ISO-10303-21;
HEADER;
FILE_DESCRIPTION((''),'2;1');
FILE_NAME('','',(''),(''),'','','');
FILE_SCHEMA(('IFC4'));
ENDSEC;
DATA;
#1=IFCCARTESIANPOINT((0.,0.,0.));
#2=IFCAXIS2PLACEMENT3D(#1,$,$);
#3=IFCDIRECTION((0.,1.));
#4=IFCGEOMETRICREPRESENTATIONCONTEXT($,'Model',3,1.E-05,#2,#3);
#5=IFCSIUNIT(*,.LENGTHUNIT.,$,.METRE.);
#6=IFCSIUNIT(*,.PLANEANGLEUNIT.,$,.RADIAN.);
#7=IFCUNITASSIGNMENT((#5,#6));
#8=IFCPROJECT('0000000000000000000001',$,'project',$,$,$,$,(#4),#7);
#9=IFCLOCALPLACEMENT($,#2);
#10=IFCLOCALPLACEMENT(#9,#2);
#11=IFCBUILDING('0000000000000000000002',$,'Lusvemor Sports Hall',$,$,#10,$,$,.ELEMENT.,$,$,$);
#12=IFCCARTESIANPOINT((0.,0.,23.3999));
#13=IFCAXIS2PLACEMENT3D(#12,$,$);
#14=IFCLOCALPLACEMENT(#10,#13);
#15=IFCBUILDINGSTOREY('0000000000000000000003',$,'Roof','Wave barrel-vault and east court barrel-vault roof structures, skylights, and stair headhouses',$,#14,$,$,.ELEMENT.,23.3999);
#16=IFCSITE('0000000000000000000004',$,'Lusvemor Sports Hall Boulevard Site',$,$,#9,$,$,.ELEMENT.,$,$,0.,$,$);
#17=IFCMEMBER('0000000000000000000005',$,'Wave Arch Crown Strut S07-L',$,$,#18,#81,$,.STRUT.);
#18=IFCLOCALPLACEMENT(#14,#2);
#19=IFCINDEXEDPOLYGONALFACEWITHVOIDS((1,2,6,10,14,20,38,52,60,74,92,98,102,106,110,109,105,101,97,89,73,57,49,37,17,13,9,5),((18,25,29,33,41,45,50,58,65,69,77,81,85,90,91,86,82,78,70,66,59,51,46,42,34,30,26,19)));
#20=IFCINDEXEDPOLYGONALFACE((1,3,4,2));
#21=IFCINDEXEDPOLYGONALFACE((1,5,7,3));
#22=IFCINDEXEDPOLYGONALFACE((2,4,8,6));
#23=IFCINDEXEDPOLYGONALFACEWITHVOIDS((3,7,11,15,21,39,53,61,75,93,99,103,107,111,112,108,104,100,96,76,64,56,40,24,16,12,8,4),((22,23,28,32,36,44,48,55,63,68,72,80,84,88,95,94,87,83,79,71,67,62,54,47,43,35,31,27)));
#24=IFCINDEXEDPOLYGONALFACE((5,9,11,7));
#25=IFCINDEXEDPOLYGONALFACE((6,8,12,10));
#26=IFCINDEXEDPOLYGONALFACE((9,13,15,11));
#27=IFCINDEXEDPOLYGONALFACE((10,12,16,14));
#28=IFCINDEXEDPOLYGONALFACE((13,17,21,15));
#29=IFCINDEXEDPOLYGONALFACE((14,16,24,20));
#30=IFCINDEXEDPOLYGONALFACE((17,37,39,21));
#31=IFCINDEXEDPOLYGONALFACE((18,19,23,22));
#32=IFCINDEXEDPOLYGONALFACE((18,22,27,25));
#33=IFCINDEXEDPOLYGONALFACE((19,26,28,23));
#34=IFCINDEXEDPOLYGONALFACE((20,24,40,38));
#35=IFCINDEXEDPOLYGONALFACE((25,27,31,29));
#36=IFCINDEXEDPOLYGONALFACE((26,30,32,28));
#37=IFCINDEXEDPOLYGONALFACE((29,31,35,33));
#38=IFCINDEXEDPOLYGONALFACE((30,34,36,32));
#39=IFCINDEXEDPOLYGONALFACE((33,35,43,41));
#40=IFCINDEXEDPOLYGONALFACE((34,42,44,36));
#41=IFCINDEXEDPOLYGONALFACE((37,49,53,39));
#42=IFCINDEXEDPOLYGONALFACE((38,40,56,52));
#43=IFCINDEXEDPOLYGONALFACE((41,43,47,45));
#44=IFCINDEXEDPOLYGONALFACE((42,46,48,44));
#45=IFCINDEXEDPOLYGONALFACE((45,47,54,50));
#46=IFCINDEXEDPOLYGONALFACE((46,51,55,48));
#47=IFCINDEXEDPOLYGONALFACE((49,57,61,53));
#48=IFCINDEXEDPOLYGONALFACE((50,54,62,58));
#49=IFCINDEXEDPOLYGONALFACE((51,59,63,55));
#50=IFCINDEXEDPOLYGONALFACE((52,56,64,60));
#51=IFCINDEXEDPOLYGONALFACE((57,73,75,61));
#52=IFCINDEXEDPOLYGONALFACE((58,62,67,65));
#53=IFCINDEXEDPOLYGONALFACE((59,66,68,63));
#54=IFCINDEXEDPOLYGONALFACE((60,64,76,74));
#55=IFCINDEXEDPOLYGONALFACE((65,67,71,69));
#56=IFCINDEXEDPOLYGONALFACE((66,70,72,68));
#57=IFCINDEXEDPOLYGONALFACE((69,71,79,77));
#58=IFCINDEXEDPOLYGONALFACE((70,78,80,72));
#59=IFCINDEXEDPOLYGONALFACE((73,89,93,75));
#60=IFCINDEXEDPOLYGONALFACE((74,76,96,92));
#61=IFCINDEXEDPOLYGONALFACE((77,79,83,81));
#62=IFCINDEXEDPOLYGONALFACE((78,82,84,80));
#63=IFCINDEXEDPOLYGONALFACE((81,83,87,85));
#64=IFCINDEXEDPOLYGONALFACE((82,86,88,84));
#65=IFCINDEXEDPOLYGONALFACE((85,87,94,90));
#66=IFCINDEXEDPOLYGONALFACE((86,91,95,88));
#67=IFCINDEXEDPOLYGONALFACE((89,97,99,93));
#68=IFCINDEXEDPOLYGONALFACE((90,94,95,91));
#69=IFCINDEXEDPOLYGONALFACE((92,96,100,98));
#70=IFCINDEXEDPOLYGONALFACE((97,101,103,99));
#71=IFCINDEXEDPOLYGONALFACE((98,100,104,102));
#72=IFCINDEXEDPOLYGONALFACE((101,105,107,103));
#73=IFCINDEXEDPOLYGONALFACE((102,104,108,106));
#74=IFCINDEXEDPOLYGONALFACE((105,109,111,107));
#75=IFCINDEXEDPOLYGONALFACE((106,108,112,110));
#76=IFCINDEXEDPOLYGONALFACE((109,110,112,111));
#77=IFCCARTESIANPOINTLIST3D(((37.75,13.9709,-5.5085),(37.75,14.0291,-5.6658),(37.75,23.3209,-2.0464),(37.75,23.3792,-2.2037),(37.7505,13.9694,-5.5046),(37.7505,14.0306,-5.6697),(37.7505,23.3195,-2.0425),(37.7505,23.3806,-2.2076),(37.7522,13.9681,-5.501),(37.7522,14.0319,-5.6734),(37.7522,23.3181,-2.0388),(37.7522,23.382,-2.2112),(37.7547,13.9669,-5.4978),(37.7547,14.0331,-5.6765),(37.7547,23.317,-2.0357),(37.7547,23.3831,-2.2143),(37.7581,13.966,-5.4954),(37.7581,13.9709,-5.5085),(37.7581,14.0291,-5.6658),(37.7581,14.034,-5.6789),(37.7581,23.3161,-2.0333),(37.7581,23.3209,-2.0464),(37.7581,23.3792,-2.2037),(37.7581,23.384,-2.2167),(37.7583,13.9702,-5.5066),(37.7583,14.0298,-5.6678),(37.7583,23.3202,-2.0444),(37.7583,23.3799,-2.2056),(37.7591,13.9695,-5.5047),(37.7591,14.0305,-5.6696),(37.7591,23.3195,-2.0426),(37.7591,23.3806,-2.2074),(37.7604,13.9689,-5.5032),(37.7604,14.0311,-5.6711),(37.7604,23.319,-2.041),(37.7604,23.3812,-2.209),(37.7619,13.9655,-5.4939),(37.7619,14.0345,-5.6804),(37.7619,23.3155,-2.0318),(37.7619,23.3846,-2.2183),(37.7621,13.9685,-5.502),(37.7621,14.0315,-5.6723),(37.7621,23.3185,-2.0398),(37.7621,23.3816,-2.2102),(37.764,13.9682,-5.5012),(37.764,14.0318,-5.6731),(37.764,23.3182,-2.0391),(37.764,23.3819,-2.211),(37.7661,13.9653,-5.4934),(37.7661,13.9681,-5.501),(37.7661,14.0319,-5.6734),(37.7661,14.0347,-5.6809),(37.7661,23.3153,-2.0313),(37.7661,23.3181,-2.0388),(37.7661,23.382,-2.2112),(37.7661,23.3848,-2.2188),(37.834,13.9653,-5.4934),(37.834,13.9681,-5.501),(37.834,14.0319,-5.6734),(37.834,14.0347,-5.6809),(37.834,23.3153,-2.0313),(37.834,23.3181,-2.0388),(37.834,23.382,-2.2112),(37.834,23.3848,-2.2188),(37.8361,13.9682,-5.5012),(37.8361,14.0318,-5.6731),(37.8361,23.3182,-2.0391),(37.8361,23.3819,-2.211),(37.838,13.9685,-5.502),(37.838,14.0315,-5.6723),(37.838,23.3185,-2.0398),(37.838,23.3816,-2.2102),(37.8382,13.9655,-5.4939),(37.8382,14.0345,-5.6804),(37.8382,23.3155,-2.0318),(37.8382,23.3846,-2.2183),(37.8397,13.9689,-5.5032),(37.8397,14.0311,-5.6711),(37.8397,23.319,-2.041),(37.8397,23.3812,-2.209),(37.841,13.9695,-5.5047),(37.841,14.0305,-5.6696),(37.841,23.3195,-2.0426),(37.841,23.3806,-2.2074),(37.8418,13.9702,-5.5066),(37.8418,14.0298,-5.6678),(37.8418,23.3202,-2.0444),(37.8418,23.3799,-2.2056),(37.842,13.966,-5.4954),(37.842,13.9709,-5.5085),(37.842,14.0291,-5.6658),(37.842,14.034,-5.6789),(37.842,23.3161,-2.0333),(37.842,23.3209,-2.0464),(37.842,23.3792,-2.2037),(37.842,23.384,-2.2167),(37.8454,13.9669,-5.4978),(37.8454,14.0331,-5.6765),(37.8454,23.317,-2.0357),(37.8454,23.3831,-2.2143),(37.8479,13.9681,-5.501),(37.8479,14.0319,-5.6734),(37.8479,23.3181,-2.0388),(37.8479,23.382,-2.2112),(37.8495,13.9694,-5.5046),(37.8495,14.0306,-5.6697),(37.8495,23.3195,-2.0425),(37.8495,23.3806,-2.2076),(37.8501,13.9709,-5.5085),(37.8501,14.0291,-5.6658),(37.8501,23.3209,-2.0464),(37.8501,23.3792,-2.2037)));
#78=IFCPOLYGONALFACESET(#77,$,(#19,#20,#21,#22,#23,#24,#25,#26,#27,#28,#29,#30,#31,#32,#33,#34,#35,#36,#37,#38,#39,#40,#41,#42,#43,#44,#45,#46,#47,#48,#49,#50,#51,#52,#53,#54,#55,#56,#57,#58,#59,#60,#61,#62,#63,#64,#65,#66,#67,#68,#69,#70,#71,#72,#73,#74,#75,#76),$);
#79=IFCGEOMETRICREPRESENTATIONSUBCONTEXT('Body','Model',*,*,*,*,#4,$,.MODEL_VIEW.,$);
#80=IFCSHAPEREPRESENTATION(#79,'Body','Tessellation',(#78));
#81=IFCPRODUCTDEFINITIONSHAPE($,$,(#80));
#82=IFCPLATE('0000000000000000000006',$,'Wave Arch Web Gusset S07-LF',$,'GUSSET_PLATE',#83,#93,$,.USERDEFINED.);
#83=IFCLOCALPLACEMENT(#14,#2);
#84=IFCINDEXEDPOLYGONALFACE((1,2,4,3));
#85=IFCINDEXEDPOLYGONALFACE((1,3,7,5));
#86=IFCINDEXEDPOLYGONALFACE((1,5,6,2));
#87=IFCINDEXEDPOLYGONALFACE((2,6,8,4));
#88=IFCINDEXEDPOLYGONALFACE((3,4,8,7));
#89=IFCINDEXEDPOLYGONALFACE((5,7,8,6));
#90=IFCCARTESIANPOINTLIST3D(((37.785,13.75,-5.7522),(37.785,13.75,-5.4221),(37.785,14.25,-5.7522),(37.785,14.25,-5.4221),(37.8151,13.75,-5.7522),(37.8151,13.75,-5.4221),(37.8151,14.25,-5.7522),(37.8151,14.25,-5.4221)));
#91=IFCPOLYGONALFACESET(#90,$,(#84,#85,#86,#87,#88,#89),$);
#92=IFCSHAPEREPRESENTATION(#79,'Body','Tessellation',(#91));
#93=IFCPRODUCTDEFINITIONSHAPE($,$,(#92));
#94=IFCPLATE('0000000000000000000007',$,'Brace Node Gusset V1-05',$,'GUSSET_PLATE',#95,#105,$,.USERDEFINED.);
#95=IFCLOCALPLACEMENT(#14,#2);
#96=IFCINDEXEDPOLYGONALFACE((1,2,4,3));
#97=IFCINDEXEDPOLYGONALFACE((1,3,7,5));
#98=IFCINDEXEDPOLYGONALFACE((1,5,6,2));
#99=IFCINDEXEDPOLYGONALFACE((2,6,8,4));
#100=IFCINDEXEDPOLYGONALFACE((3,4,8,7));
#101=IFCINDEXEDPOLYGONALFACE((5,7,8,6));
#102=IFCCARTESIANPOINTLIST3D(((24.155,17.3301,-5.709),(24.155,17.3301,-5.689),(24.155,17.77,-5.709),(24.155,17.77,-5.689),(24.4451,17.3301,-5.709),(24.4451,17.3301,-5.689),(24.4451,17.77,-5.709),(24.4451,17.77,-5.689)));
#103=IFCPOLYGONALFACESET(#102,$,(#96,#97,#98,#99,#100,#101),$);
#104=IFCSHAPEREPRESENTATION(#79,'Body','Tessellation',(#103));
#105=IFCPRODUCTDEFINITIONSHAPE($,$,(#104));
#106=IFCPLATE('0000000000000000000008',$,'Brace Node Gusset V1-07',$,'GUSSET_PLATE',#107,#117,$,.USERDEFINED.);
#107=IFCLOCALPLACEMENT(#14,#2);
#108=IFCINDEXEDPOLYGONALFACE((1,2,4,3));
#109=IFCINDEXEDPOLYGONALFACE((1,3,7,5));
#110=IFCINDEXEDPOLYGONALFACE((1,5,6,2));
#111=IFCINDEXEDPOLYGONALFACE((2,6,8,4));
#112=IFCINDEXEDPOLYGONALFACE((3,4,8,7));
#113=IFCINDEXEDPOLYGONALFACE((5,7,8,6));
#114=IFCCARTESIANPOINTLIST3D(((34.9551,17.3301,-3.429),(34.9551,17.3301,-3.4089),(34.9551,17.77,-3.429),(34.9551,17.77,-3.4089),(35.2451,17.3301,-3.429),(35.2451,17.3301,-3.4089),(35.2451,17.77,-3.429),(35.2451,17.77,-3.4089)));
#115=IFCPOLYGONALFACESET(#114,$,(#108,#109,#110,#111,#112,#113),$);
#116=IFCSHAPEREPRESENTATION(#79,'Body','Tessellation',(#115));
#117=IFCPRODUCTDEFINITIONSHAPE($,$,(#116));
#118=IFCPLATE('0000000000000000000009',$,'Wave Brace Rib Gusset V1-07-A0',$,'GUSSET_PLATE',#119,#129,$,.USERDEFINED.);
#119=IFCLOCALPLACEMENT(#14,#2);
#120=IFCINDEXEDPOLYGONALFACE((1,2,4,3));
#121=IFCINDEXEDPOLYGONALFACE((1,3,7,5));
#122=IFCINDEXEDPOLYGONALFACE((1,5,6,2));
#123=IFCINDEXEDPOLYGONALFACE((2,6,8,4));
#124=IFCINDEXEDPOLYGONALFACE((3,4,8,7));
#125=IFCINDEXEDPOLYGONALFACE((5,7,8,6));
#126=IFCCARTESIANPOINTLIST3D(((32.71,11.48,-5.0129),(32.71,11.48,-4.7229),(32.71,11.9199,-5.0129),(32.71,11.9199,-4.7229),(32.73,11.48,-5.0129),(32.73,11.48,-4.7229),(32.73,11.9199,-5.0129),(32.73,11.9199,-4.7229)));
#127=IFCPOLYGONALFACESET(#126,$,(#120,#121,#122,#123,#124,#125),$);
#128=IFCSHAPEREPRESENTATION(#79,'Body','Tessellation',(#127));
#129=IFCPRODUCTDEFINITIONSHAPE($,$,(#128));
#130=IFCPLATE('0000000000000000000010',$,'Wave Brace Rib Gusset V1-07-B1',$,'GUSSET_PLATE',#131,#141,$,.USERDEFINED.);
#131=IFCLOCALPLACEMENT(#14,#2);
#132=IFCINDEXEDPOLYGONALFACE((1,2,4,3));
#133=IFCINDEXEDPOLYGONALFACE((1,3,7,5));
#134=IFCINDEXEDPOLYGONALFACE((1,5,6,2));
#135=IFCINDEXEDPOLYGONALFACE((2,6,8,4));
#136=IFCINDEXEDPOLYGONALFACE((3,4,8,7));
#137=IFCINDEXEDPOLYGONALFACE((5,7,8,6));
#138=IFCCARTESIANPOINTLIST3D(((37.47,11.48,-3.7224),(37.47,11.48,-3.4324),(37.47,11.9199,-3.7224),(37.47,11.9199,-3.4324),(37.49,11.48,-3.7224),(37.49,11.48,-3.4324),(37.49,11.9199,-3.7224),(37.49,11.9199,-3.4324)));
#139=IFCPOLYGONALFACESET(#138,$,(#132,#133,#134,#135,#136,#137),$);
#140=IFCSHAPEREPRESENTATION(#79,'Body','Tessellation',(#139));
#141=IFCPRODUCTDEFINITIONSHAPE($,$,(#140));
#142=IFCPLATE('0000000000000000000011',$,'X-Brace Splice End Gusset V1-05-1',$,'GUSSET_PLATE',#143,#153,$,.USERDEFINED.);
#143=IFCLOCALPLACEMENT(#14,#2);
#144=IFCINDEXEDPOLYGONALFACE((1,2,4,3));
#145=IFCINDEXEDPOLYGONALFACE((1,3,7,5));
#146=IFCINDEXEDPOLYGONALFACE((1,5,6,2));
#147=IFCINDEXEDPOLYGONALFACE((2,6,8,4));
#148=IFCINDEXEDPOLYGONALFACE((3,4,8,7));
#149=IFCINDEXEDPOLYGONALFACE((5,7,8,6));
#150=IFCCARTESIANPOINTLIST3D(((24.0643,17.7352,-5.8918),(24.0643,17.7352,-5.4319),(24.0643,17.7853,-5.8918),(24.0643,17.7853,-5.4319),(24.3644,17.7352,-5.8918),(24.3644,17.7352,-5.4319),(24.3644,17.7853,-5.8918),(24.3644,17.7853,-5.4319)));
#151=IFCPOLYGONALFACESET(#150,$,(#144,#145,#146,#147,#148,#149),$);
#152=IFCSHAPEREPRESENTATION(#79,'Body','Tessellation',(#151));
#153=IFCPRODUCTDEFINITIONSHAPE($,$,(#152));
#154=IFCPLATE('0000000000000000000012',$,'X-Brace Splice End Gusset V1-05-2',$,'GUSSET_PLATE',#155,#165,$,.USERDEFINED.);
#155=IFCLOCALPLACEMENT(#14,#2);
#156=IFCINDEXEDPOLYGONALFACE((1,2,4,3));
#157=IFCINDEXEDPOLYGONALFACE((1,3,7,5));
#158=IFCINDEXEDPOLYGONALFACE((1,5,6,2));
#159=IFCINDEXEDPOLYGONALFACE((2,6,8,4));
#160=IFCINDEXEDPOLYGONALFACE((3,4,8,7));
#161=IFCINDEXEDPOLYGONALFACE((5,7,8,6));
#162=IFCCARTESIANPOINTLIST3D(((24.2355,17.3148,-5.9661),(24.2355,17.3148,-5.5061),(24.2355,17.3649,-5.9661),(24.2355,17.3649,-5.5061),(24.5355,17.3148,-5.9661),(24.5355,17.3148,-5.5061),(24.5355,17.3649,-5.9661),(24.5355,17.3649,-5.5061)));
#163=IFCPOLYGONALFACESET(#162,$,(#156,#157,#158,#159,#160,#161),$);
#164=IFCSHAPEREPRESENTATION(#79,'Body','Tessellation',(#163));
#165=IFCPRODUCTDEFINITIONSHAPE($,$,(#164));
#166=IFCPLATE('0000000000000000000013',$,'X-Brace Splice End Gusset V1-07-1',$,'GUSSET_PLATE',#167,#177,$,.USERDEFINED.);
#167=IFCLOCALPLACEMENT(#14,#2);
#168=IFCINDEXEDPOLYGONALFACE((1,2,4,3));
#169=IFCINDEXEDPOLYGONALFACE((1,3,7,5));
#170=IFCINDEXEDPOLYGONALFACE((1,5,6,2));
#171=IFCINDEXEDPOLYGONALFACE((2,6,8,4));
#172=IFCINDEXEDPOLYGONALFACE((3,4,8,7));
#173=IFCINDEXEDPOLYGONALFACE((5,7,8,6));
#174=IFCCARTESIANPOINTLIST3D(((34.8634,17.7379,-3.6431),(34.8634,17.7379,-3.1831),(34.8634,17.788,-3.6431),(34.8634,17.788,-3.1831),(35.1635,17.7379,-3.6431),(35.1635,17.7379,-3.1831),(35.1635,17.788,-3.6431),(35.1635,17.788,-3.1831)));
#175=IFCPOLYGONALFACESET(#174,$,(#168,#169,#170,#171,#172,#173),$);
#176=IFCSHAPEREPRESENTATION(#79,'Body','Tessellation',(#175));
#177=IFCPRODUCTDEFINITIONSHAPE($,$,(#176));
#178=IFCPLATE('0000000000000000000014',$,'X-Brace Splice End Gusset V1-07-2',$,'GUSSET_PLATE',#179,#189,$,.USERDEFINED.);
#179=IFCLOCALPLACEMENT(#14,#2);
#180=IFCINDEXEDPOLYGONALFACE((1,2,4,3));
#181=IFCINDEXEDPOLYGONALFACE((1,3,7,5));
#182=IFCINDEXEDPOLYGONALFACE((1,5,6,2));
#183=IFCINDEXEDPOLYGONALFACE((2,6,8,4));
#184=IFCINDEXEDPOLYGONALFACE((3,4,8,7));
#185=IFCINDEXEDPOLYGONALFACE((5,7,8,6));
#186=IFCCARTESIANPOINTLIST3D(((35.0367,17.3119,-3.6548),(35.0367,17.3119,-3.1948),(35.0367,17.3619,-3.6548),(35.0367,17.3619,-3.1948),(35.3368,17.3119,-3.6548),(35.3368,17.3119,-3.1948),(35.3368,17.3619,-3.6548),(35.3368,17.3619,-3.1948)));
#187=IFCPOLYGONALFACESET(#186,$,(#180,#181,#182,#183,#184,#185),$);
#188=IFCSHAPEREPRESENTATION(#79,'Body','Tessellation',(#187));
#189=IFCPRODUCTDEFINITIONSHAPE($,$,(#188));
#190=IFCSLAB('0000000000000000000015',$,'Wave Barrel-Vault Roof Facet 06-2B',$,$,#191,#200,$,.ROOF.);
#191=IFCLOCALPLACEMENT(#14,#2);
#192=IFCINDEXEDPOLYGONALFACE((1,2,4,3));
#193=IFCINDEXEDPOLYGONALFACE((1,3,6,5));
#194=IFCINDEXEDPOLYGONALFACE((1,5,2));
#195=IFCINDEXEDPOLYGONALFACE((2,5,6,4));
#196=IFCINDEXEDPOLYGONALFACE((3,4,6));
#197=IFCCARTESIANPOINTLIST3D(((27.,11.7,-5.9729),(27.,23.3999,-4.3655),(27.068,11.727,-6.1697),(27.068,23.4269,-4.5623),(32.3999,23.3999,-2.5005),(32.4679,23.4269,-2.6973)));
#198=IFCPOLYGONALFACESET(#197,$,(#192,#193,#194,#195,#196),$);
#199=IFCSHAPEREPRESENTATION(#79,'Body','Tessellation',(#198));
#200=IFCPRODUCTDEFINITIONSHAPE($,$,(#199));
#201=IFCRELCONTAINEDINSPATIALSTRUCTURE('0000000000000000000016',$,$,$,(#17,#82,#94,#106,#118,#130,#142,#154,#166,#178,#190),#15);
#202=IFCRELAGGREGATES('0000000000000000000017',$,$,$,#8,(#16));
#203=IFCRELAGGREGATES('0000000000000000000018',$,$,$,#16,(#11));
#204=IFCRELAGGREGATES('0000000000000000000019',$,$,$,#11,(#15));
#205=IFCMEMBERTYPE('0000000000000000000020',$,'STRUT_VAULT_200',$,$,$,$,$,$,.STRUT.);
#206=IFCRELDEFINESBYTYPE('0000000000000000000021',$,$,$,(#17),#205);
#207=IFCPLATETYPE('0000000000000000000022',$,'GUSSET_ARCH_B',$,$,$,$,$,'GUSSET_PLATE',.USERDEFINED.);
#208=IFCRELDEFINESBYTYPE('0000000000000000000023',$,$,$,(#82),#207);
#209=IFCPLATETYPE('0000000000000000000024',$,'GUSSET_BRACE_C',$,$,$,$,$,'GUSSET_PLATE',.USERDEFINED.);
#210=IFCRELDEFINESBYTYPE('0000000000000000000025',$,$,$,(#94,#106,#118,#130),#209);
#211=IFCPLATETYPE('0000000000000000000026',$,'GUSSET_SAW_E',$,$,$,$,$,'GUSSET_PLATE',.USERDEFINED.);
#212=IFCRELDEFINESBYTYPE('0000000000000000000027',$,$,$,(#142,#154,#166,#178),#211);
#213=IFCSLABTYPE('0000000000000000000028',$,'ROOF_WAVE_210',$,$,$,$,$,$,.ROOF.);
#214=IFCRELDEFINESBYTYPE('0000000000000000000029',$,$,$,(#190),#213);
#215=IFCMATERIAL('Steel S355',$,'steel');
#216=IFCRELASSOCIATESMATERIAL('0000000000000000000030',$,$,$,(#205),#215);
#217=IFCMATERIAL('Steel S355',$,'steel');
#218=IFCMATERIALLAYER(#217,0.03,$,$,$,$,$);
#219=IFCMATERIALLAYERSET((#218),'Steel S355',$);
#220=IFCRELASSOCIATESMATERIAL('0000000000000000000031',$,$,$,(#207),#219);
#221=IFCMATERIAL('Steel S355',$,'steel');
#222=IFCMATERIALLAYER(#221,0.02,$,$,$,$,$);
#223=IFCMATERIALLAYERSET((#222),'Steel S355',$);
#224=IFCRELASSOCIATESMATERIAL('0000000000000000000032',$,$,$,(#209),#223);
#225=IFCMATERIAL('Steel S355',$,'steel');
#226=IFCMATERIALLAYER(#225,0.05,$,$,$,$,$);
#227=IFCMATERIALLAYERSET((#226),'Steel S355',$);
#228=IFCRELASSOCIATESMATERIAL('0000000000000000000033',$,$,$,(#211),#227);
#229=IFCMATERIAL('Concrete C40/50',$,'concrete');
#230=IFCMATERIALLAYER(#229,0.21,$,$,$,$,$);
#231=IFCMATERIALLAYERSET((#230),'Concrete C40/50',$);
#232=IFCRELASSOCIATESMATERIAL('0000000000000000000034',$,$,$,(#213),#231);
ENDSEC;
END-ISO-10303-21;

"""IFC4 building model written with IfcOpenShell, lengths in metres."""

from ifc_helpers import new_model, si_unit, direction, frame, origin, origin_2d, place, context, subcontext, project, spatial, polyline, rectangle, hollow_rectangle, outline, extrude, material, layer, layer_set, material_profile, profile_set, type_object, element, save


model = new_model("IFC4")

# Units and contexts
model_context = context("Model", 3, precision=1e-05, world=origin(), true_north=direction((0.0, 1.0)))
body_context = subcontext(model_context, "Body", "Model", "MODEL_VIEW")
ifc_project = project(units=[si_unit("LENGTHUNIT", "METRE"), si_unit("PLANEANGLEUNIT", "RADIAN")], contexts=[model_context])

# Site, building, storey
site_placement = place(None, origin())
site = spatial("IfcSite", under=ifc_project, at=site_placement, Name="Lusvemor Sports Hall Boulevard Site", CompositionType="ELEMENT", RefElevation=0.0)
building_placement = place(site_placement, origin())
building = spatial("IfcBuilding", under=site, at=building_placement, Name="Lusvemor Sports Hall", CompositionType="ELEMENT")
storey_placement = place(building_placement, frame((0.0, 0.0, 23.3999)))
storey = spatial("IfcBuildingStorey", under=building, at=storey_placement, Name="Roof", Description="Wave barrel-vault and east court barrel-vault roof structures, skylights, and stair headhouses", CompositionType="ELEMENT", Elevation=23.3999)

# Member
ifc_material_1 = material(Name="Steel S355", Category="steel")
ifc_material_profile_1 = material_profile(ifc_material_1, hollow_rectangle(XDim=0.1001, YDim=0.2, WallThickness=0.0081, InnerFilletRadius=0.0081, OuterFilletRadius=0.0161, at=origin_2d()), Name="RHS200x100x8")
ifc_profile_set_1 = profile_set([ifc_material_profile_1], Name="Steel S355")
member_type_1 = type_object("IfcMemberType", Name="STRUT_VAULT_200", PredefinedType="STRUT", material=ifc_profile_set_1)
member_1_placement = place(storey_placement, frame((37.8, 14.0, -5.5872), z_axis=(0.0, 0.937776, 0.34724), x_axis=(-1.0, 0.0, 0.0)))
element("IfcMember", 1, at=member_1_placement, inside=storey, type_object=member_type_1, Name="Wave Arch Crown Strut S07-L", PredefinedType="STRUT", context=body_context, shape_type="SweptSolid", body=[
    extrude(hollow_rectangle(XDim=0.1001, YDim=0.2, WallThickness=0.0081, InnerFilletRadius=0.0081, OuterFilletRadius=0.0161, at=origin_2d()), origin(), (0.0, 0.0, 1.0), 9.9705),
])

# Plates
ifc_material_2 = material(Name="Steel S355", Category="steel")
ifc_layer_1 = layer(ifc_material_2, 0.03)
ifc_layer_set_1 = layer_set([ifc_layer_1], Name="Steel S355")
plate_type_1 = type_object("IfcPlateType", Name="GUSSET_ARCH_B", ElementType="GUSSET_PLATE", PredefinedType="USERDEFINED", material=ifc_layer_set_1)
plate_placement = place(storey_placement, frame((37.8, 14.0, -5.7522), z_axis=(0.0, 0.0, 1.0), x_axis=(1.0, 0.0, 0.0)))
element("IfcPlate", 2, at=plate_placement, inside=storey, type_object=plate_type_1, Name="Wave Arch Web Gusset S07-LF", ObjectType="GUSSET_PLATE", PredefinedType="USERDEFINED", context=body_context, shape_type="SweptSolid", body=[
    extrude(rectangle(XDim=0.03, YDim=0.5, at=origin_2d()), origin(), (0.0, 0.0, 1.0), 0.3301),
])
ifc_material_3 = material(Name="Steel S355", Category="steel")
ifc_layer_2 = layer(ifc_material_3, 0.02)
ifc_layer_set_2 = layer_set([ifc_layer_2], Name="Steel S355")
plate_type_2 = type_object("IfcPlateType", Name="GUSSET_BRACE_C", ElementType="GUSSET_PLATE", PredefinedType="USERDEFINED", material=ifc_layer_set_2)
for number, where, z_axis, x_axis, name in (
    (3, (24.3, 17.55, -5.709), (0.0, 0.0, 1.0), (1.0, 0.0, 0.0), "Brace Node Gusset V1-05"),
    (4, (35.1001, 17.55, -3.429), (0.0, 0.0, 1.0), (1.0, 0.0, 0.0), "Brace Node Gusset V1-07"),
):
    element("IfcPlate", number, at=place(storey_placement, frame(where, z_axis=z_axis, x_axis=x_axis)), inside=storey, type_object=plate_type_2, Name=name, ObjectType="GUSSET_PLATE", PredefinedType="USERDEFINED", context=body_context, shape_type="SweptSolid", body=[
        extrude(rectangle(XDim=0.29, YDim=0.4399, at=origin_2d()), origin(), (0.0, 0.0, 1.0), 0.02),
    ])
for number, where, z_axis, x_axis, name in (
    (5, (32.72, 11.7, -5.0129), (0.0, 0.0, 1.0), (1.0, 0.0, 0.0), "Wave Brace Rib Gusset V1-07-A0"),
    (6, (37.48, 11.7, -3.7224), (0.0, 0.0, 1.0), (1.0, 0.0, 0.0), "Wave Brace Rib Gusset V1-07-B1"),
):
    element("IfcPlate", number, at=place(storey_placement, frame(where, z_axis=z_axis, x_axis=x_axis)), inside=storey, type_object=plate_type_2, Name=name, ObjectType="GUSSET_PLATE", PredefinedType="USERDEFINED", context=body_context, shape_type="SweptSolid", body=[
        extrude(rectangle(XDim=0.02, YDim=0.4399, at=origin_2d()), origin(), (0.0, 0.0, 1.0), 0.29),
    ])
ifc_material_4 = material(Name="Steel S355", Category="steel")
ifc_layer_3 = layer(ifc_material_4, 0.05)
ifc_layer_set_3 = layer_set([ifc_layer_3], Name="Steel S355")
plate_type_3 = type_object("IfcPlateType", Name="GUSSET_SAW_E", ElementType="GUSSET_PLATE", PredefinedType="USERDEFINED", material=ifc_layer_set_3)
for number, where, z_axis, x_axis, name in (
    (7, (24.2144, 17.7603, -5.8918), (0.0, 0.0, 1.0), (1.0, 0.0, 0.0), "X-Brace Splice End Gusset V1-05-1"),
    (8, (24.3855, 17.3398, -5.9661), (0.0, 0.0, 1.0), (1.0, 0.0, 0.0), "X-Brace Splice End Gusset V1-05-2"),
    (9, (35.0134, 17.7629, -3.6431), (0.0, 0.0, 1.0), (1.0, 0.0, 0.0), "X-Brace Splice End Gusset V1-07-1"),
    (10, (35.1868, 17.3369, -3.6548), (0.0, 0.0, 1.0), (1.0, 0.0, 0.0), "X-Brace Splice End Gusset V1-07-2"),
):
    element("IfcPlate", number, at=place(storey_placement, frame(where, z_axis=z_axis, x_axis=x_axis)), inside=storey, type_object=plate_type_3, Name=name, ObjectType="GUSSET_PLATE", PredefinedType="USERDEFINED", context=body_context, shape_type="SweptSolid", body=[
        extrude(rectangle(XDim=0.3, YDim=0.05, at=origin_2d()), origin(), (0.0, 0.0, 1.0), 0.46),
    ])

# Slab
ifc_material_5 = material(Name="Concrete C40/50", Category="concrete")
ifc_layer_4 = layer(ifc_material_5, 0.21)
ifc_layer_set_4 = layer_set([ifc_layer_4], Name="Concrete C40/50")
slab_type = type_object("IfcSlabType", Name="ROOF_WAVE_210", PredefinedType="ROOF", material=ifc_layer_set_4)
slab_1_placement = place(storey_placement, frame((27.0, 11.7, -5.9729), z_axis=(-0.323735, -0.128779, 0.937343), x_axis=(0.40462, 0.876689, 0.260191)))
element("IfcSlab", 11, at=slab_1_placement, inside=storey, type_object=slab_type, Name="Wave Barrel-Vault Roof Facet 06-2B", PredefinedType="ROOF", context=body_context, shape_type="SweptSolid", body=[
    extrude(outline(polyline([(0.0, 0.0), (13.3456, 0.0), (10.6755, 5.0505), (0.0, 0.0)])), origin(), (0.0, 0.0, -1.0), 0.21),
])

save(model, "model.ifc")
